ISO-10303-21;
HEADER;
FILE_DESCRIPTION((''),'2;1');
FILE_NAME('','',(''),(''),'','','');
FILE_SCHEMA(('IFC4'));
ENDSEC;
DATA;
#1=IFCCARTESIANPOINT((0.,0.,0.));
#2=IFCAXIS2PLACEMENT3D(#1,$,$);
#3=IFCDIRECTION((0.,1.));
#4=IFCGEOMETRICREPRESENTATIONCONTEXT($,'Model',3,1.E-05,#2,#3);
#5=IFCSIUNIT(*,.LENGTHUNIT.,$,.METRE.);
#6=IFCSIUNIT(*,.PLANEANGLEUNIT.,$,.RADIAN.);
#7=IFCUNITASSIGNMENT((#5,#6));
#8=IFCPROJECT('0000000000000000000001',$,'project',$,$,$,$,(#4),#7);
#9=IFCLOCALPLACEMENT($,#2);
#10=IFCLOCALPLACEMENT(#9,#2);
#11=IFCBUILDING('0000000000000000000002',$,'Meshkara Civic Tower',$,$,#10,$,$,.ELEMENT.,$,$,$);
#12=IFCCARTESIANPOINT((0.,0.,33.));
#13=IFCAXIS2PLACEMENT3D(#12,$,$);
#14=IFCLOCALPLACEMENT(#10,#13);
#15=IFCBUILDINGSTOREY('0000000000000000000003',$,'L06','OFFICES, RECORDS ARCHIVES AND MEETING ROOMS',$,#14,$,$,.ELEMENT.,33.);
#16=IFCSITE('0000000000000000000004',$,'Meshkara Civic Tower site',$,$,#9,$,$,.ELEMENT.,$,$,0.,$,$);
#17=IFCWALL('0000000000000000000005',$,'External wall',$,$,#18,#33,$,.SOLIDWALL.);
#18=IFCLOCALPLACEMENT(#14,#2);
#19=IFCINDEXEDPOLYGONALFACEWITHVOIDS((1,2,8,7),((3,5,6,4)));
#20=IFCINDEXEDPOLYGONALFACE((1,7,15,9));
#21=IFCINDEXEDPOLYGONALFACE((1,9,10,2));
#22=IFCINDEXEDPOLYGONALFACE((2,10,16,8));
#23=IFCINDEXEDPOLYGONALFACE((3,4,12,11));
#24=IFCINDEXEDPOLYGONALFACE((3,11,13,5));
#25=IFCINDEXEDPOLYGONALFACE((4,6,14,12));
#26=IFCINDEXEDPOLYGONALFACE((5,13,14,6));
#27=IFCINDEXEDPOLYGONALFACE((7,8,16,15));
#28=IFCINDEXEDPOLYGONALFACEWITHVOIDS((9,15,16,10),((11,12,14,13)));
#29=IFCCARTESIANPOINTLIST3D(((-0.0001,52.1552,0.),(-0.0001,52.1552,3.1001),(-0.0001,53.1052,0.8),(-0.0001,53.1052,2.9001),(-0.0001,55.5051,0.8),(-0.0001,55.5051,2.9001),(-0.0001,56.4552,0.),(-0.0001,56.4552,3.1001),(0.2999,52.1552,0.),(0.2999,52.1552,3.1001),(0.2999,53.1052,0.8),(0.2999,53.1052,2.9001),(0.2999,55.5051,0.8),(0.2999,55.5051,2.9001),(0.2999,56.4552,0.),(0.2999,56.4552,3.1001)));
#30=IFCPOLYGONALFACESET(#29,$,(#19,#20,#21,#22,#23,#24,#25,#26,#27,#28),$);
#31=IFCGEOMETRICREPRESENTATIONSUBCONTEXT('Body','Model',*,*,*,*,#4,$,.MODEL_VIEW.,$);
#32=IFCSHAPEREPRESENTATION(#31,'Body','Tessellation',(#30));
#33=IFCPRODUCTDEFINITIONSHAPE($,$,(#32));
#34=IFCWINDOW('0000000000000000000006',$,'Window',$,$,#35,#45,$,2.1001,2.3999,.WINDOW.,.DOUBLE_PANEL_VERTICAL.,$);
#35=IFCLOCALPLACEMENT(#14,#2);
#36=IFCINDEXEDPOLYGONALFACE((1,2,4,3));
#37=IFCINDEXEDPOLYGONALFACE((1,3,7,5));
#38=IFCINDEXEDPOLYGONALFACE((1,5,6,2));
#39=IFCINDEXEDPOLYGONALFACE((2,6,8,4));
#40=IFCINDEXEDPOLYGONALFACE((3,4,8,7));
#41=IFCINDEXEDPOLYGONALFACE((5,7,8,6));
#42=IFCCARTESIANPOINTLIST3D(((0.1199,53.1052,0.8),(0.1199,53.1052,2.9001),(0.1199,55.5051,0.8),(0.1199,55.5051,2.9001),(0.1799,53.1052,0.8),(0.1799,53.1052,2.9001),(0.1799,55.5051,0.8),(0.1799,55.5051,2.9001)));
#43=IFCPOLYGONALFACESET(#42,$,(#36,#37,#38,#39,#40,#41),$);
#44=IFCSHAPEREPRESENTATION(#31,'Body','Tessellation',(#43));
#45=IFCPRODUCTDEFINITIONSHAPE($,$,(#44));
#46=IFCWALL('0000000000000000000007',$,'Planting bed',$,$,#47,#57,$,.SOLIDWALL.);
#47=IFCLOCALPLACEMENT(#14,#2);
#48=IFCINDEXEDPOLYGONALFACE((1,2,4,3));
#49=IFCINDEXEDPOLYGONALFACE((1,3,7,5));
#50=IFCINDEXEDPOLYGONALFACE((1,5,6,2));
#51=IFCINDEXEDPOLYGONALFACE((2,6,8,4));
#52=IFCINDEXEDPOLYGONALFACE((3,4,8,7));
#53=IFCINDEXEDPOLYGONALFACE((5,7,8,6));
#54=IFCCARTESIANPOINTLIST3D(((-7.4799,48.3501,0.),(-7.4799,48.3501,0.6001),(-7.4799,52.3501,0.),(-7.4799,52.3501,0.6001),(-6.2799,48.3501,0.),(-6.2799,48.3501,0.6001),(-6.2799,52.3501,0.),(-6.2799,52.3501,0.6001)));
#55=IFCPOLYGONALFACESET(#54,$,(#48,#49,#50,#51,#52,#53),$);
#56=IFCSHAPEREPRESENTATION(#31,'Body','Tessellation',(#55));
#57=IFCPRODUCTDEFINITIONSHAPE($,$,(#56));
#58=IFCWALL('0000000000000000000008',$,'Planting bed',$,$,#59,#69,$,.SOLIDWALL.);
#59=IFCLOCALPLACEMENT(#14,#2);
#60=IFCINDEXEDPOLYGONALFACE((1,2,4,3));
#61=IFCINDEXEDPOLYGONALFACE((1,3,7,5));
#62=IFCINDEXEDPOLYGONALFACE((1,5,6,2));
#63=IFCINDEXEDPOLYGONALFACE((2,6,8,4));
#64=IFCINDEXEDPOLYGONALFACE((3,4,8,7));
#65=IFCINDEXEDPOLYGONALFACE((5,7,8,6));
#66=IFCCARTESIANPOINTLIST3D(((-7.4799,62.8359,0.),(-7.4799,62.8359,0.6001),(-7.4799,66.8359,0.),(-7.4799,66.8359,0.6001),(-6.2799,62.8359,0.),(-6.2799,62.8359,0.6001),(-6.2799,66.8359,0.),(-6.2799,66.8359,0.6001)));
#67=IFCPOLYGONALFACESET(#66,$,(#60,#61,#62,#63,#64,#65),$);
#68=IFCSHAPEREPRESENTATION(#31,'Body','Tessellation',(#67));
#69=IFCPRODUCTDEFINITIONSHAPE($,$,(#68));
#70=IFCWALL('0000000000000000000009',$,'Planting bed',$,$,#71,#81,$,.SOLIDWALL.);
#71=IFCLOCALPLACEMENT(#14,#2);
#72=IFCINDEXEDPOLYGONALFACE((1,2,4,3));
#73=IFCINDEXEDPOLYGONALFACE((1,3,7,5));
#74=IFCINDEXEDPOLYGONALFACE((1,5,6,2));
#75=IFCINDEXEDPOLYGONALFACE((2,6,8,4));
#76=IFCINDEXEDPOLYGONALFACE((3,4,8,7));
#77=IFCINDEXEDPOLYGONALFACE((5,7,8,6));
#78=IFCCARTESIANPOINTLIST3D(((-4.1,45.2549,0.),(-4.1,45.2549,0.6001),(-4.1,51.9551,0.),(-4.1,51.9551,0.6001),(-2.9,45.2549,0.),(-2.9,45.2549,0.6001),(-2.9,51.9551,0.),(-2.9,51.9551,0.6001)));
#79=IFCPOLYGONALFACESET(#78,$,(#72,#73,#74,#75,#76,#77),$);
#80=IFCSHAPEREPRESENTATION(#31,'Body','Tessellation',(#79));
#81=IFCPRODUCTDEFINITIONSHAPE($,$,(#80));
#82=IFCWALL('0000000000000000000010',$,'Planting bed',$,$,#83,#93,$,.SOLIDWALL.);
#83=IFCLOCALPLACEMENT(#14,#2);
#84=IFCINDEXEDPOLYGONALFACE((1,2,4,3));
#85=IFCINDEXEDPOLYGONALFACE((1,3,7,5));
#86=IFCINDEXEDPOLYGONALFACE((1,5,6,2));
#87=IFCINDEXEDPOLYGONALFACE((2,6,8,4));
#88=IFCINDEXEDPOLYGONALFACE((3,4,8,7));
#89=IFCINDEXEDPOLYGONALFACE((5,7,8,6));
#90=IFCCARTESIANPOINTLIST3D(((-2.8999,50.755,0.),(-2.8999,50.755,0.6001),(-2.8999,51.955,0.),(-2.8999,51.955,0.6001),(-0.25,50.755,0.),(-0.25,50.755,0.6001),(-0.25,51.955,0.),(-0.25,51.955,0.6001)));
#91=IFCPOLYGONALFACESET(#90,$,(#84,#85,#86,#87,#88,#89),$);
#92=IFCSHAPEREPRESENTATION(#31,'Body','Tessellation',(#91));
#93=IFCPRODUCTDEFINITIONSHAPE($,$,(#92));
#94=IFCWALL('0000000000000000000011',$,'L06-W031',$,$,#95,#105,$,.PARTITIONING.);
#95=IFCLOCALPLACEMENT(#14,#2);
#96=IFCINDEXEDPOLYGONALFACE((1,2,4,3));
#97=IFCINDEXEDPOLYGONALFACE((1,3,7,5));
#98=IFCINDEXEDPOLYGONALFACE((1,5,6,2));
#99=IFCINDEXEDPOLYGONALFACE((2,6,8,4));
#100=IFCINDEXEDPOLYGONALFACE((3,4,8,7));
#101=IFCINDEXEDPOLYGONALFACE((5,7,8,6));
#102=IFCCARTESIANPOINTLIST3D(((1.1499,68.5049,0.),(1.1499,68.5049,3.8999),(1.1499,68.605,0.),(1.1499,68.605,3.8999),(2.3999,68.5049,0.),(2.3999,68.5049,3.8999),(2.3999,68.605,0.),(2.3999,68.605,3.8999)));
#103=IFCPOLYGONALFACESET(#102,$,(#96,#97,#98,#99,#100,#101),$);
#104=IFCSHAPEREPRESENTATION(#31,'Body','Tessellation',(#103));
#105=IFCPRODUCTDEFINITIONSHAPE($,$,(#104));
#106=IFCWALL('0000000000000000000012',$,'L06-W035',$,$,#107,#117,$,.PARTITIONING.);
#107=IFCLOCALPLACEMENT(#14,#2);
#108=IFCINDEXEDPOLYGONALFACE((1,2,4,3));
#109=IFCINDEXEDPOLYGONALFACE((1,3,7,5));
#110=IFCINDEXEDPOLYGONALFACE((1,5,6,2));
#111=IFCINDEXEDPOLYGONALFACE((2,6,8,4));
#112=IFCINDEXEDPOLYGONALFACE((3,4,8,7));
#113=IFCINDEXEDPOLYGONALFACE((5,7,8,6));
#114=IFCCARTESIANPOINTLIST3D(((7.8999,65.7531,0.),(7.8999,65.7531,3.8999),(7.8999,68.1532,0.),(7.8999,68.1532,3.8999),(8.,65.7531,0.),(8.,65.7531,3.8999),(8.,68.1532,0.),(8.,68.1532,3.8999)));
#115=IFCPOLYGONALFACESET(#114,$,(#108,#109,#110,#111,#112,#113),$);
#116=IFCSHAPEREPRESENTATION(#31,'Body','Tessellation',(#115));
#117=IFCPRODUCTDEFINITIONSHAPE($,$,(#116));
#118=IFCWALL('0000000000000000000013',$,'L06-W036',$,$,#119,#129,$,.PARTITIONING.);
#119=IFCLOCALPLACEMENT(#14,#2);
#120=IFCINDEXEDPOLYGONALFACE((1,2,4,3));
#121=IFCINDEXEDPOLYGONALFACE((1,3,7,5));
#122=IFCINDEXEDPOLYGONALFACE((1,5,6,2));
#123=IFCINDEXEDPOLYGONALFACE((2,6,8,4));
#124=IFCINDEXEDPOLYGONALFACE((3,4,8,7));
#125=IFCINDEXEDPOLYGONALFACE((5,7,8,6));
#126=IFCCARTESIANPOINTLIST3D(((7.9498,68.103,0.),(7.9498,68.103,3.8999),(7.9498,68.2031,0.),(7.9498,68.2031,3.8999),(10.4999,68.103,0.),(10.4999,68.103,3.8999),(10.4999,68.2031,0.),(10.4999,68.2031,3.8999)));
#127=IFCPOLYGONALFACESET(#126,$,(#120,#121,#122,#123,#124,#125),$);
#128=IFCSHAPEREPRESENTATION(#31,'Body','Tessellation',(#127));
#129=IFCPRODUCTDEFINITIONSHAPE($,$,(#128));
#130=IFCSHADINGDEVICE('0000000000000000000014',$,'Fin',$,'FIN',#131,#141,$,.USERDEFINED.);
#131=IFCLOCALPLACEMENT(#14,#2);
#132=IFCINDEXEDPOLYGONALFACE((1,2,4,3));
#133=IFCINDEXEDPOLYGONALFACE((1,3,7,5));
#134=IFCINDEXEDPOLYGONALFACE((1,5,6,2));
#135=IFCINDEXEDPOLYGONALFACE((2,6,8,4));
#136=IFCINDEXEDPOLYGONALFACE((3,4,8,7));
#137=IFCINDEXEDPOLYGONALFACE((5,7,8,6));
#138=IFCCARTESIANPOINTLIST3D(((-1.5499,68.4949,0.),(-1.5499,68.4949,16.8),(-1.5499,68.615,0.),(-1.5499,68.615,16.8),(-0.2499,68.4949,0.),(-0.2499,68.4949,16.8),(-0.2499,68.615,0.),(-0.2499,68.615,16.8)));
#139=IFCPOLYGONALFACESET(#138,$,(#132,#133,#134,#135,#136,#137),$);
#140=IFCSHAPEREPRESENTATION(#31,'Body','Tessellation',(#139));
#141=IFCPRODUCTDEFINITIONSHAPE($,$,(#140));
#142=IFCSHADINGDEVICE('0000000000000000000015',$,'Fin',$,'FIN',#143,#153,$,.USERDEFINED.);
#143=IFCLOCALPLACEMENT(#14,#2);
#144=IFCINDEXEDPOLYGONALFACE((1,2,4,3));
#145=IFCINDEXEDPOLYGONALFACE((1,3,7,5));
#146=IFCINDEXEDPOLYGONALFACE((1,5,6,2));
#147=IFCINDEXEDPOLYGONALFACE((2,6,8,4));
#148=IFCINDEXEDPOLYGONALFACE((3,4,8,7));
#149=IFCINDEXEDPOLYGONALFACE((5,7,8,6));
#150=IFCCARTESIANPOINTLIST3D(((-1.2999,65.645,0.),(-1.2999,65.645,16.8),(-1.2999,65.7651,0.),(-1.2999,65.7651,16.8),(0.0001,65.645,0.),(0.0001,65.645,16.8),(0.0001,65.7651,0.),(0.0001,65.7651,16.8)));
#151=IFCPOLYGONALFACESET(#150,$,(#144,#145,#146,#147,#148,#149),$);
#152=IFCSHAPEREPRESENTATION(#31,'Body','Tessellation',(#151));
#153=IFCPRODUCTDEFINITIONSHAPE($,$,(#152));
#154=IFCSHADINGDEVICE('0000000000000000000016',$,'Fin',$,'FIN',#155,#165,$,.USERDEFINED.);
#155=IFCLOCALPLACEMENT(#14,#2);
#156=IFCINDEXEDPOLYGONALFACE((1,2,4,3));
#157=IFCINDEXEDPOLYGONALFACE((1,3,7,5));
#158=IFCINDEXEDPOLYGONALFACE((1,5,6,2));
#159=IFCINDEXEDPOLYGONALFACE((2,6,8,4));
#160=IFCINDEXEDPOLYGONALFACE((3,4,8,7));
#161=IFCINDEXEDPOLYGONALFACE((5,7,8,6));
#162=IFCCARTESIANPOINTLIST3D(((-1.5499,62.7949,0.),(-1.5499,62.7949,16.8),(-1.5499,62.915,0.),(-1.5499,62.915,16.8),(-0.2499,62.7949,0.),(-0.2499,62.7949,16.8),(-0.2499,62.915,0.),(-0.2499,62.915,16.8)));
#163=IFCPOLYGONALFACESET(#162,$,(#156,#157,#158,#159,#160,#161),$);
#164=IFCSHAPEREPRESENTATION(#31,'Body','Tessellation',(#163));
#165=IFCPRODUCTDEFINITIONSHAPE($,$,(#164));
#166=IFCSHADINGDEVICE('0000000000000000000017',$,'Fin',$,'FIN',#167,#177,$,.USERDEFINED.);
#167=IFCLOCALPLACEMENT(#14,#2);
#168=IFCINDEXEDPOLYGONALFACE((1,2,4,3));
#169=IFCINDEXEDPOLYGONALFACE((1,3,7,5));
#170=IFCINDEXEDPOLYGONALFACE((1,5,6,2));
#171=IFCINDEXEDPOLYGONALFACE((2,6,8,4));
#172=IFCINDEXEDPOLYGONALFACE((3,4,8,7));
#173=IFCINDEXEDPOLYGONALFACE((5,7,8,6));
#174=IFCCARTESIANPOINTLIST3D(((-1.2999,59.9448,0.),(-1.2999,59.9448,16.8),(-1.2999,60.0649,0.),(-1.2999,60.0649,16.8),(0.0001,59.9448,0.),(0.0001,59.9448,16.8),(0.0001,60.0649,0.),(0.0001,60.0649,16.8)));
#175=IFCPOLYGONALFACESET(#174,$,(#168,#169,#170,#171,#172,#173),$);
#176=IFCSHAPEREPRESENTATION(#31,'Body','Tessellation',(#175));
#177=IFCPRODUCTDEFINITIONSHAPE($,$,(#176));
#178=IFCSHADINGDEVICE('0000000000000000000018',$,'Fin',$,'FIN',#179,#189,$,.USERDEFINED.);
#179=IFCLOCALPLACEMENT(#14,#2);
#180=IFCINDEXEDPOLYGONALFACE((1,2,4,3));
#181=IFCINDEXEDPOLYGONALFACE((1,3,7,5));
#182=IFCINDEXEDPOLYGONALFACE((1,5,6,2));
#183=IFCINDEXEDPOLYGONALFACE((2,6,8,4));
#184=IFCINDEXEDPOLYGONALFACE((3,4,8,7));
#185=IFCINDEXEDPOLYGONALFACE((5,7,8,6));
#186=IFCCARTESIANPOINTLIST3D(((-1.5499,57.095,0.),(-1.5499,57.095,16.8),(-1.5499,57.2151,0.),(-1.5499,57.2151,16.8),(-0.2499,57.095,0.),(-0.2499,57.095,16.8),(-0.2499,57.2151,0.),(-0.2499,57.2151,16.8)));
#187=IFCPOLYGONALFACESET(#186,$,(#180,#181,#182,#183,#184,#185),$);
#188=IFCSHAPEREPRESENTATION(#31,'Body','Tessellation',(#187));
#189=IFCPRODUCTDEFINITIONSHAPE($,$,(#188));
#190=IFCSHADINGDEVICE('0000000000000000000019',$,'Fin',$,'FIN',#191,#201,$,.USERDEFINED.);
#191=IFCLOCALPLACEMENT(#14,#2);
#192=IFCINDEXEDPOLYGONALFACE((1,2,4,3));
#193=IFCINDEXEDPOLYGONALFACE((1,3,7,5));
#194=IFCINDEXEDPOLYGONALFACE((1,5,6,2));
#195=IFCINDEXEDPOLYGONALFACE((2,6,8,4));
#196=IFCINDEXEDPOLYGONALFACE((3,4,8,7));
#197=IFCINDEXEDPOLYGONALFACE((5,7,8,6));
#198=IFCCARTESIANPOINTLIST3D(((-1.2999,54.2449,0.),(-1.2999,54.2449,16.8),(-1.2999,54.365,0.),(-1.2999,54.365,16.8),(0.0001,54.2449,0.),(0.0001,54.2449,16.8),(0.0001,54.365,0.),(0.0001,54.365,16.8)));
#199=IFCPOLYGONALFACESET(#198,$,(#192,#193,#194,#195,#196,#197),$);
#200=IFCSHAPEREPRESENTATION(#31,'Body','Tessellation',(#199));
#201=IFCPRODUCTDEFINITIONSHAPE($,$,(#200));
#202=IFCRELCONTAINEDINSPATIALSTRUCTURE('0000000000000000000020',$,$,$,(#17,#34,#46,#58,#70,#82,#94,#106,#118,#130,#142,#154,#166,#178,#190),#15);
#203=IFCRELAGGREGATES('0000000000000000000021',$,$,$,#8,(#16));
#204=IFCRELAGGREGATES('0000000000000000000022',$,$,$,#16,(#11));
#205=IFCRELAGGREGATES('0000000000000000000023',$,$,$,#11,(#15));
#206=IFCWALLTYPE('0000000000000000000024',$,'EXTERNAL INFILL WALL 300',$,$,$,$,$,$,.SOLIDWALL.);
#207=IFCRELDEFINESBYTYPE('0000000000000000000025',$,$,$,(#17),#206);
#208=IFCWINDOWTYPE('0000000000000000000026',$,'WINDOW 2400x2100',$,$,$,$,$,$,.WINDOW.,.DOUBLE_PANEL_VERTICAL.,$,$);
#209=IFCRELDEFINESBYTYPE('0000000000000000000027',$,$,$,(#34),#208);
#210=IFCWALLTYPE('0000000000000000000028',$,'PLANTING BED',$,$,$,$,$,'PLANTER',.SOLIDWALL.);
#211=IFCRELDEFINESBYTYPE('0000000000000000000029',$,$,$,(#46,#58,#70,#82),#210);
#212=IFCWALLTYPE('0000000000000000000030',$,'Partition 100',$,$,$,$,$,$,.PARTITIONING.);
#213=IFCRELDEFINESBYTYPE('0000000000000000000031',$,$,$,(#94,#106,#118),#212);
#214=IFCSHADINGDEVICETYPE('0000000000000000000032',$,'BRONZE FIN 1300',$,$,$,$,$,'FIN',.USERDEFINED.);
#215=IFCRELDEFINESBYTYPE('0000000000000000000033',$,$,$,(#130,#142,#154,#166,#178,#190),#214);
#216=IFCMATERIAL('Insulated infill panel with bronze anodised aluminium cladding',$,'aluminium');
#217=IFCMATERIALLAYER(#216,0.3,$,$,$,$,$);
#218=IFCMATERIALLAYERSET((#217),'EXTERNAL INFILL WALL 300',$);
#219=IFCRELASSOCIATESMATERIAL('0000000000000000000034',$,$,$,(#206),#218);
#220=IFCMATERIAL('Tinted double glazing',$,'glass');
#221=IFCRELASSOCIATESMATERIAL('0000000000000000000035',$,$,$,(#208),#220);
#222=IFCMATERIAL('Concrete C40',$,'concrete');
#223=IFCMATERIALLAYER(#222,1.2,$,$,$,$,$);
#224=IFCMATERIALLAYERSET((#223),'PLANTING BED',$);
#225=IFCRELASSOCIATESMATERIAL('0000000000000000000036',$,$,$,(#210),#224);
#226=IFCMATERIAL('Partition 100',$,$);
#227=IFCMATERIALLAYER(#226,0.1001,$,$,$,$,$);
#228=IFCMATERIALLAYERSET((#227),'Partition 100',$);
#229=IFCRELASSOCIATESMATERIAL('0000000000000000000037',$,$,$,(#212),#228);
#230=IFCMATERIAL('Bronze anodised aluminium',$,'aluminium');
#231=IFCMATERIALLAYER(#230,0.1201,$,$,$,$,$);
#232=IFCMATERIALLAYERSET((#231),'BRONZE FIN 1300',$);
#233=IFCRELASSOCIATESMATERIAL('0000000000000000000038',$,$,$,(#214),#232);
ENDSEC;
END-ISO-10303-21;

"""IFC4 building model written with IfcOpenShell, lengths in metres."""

from ifc_helpers import new_model, si_unit, direction, frame, frame_2d, origin, origin_2d, place, context, subcontext, project, spatial, rectangle, extrude, material, layer, layer_set, type_object, element, fill, save


model = new_model("IFC4")

# Units and contexts
model_context = context("Model", 3, precision=1e-05, world=origin(), true_north=direction((0.0, 1.0)))
body_context = subcontext(model_context, "Body", "Model", "MODEL_VIEW")
ifc_project = project(units=[si_unit("LENGTHUNIT", "METRE"), si_unit("PLANEANGLEUNIT", "RADIAN")], contexts=[model_context])

# Site, building, storey
site_placement = place(None, origin())
site = spatial("IfcSite", under=ifc_project, at=site_placement, Name="Meshkara Civic Tower site", CompositionType="ELEMENT", RefElevation=0.0)
building_placement = place(site_placement, origin())
building = spatial("IfcBuilding", under=site, at=building_placement, Name="Meshkara Civic Tower", CompositionType="ELEMENT")
storey_placement = place(building_placement, frame((0.0, 0.0, 33.0)))
storey = spatial("IfcBuildingStorey", under=building, at=storey_placement, Name="L06", Description="OFFICES, RECORDS ARCHIVES AND MEETING ROOMS", CompositionType="ELEMENT", Elevation=33.0)

# Wall, opening, window
ifc_material_1 = material(Name="Insulated infill panel with bronze anodised aluminium cladding", Category="aluminium")
ifc_layer_1 = layer(ifc_material_1, 0.3)
ifc_layer_set_1 = layer_set([ifc_layer_1], Name="EXTERNAL INFILL WALL 300")
wall_type_1 = type_object("IfcWallType", Name="EXTERNAL INFILL WALL 300", PredefinedType="SOLIDWALL", material=ifc_layer_set_1)
ifc_material_2 = material(Name="Tinted double glazing", Category="glass")
window_type = type_object("IfcWindowType", Name="WINDOW 2400x2100", PartitioningType="DOUBLE_PANEL_VERTICAL", PredefinedType="WINDOW", material=ifc_material_2)
wall_1_placement = place(storey_placement, frame((0.1499, 56.4551, 0.0), z_axis=(0.0, 0.0, 1.0), x_axis=(0.0, -1.0, 0.0)))
wall_1 = element("IfcWall", 1, at=wall_1_placement, inside=storey, type_object=wall_type_1, Name="External wall", PredefinedType="SOLIDWALL", context=body_context, shape_type="SweptSolid", body=[
    extrude(rectangle(XDim=4.3, YDim=0.3, at=frame_2d((2.1499, 0.0))), origin(), (0.0, 0.0, 1.0), 3.1001),
])
opening_1_placement = place(wall_1_placement, frame((0.95, 0.0, 0.8)))
opening_1 = element("IfcOpeningElement", 2, at=opening_1_placement, cuts=wall_1, PredefinedType="OPENING", context=body_context, shape_type="SweptSolid", body=[
    extrude(rectangle(XDim=2.3999, YDim=2.1001, at=frame_2d((1.2, 1.05))), frame((0.0, 0.1599, 0.0), z_axis=(0.0, -1.0, 0.0), x_axis=(1.0, 0.0, 0.0)), (0.0, 0.0, 1.0), 0.3201),
])
window_1_placement = place(opening_1_placement, origin())
window_1 = element("IfcWindow", 3, at=window_1_placement, inside=storey, type_object=window_type, Name="Window", OverallHeight=2.1001, OverallWidth=2.3999, PartitioningType="DOUBLE_PANEL_VERTICAL", PredefinedType="WINDOW", context=body_context, shape_type="SweptSolid", body=[
    extrude(rectangle(XDim=2.3999, YDim=2.1001, at=frame_2d((1.2, 1.05))), frame((0.0, 0.03, 0.0), z_axis=(0.0, -1.0, 0.0), x_axis=(1.0, 0.0, 0.0)), (0.0, 0.0, 1.0), 0.0601),
])
fill(opening_1, window_1)

# Walls
ifc_material_3 = material(Name="Concrete C40", Category="concrete")
ifc_layer_2 = layer(ifc_material_3, 1.2)
ifc_layer_set_2 = layer_set([ifc_layer_2], Name="PLANTING BED")
wall_type_2 = type_object("IfcWallType", Name="PLANTING BED", ElementType="PLANTER", PredefinedType="SOLIDWALL", material=ifc_layer_set_2)
for number, where, z_axis, x_axis, name in (
    (4, (-6.8799, 48.3501, 0.0), (0.0, 0.0, 1.0), (0.0, 1.0, 0.0), "Planting bed"),
    (5, (-6.8799, 62.8359, 0.0), (0.0, 0.0, 1.0), (0.0, 1.0, 0.0), "Planting bed"),
):
    element("IfcWall", number, at=place(storey_placement, frame(where, z_axis=z_axis, x_axis=x_axis)), inside=storey, type_object=wall_type_2, Name=name, PredefinedType="SOLIDWALL", context=body_context, shape_type="SweptSolid", body=[
        extrude(rectangle(XDim=4.0, YDim=1.2, at=frame_2d((2.0, 0.0))), origin(), (0.0, 0.0, 1.0), 0.6001),
    ])
wall_2_placement = place(storey_placement, frame((-3.5, 51.9551, 0.0), z_axis=(0.0, 0.0, 1.0), x_axis=(0.0, -1.0, 0.0)))
element("IfcWall", 6, at=wall_2_placement, inside=storey, type_object=wall_type_2, Name="Planting bed", PredefinedType="SOLIDWALL", context=body_context, shape_type="SweptSolid", body=[
    extrude(rectangle(XDim=6.7002, YDim=1.2, at=frame_2d((3.3501, 0.0))), origin(), (0.0, 0.0, 1.0), 0.6001),
])
wall_3_placement = place(storey_placement, frame((-0.25, 51.355, 0.0), z_axis=(0.0, 0.0, 1.0), x_axis=(-1.0, 0.0, 0.0)))
element("IfcWall", 7, at=wall_3_placement, inside=storey, type_object=wall_type_2, Name="Planting bed", PredefinedType="SOLIDWALL", context=body_context, shape_type="SweptSolid", body=[
    extrude(rectangle(XDim=2.6499, YDim=1.2, at=frame_2d((1.325, 0.0))), origin(), (0.0, 0.0, 1.0), 0.6001),
])
ifc_material_4 = material(Name="Partition 100")
ifc_layer_3 = layer(ifc_material_4, 0.1001)
ifc_layer_set_3 = layer_set([ifc_layer_3], Name="Partition 100")
wall_type_3 = type_object("IfcWallType", Name="Partition 100", PredefinedType="PARTITIONING", material=ifc_layer_set_3)
wall_4_placement = place(storey_placement, frame((2.3999, 68.5549, 0.0), z_axis=(0.0, 0.0, 1.0), x_axis=(-1.0, 0.0, 0.0)))
element("IfcWall", 8, at=wall_4_placement, inside=storey, type_object=wall_type_3, Name="L06-W031", PredefinedType="PARTITIONING", context=body_context, shape_type="SweptSolid", body=[
    extrude(rectangle(XDim=1.25, YDim=0.1001, at=frame_2d((0.625, 0.0))), origin(), (0.0, 0.0, 1.0), 3.8999),
])
wall_5_placement = place(storey_placement, frame((7.95, 65.7529, 0.0), z_axis=(0.0, 0.0, 1.0), x_axis=(0.0, 1.0, 0.0)))
element("IfcWall", 9, at=wall_5_placement, inside=storey, type_object=wall_type_3, Name="L06-W035", PredefinedType="PARTITIONING", context=body_context, shape_type="SweptSolid", body=[
    extrude(rectangle(XDim=2.4001, YDim=0.1001, at=frame_2d((1.2002, 0.0))), origin(), (0.0, 0.0, 1.0), 3.8999),
])
wall_6_placement = place(storey_placement, frame((7.95, 68.1531, 0.0), z_axis=(0.0, 0.0, 1.0), x_axis=(1.0, 0.0, 0.0)))
element("IfcWall", 10, at=wall_6_placement, inside=storey, type_object=wall_type_3, Name="L06-W036", PredefinedType="PARTITIONING", context=body_context, shape_type="SweptSolid", body=[
    extrude(rectangle(XDim=2.55, YDim=0.1001, at=frame_2d((1.2749, 0.0))), origin(), (0.0, 0.0, 1.0), 3.8999),
])

# Shading devices
ifc_material_5 = material(Name="Bronze anodised aluminium", Category="aluminium")
ifc_layer_4 = layer(ifc_material_5, 0.1201)
ifc_layer_set_4 = layer_set([ifc_layer_4], Name="BRONZE FIN 1300")
shading_device_type = type_object("IfcShadingDeviceType", Name="BRONZE FIN 1300", ElementType="FIN", PredefinedType="USERDEFINED", material=ifc_layer_set_4)
for number, where, z_axis, x_axis, name in (
    (11, (-0.8999, 68.5549, 0.0), (0.0, 0.0, 1.0), (0.0, -1.0, 0.0), "Fin"),
    (12, (-0.6499, 65.7051, 0.0), (0.0, 0.0, 1.0), (0.0, -1.0, 0.0), "Fin"),
    (13, (-0.8999, 62.855, 0.0), (0.0, 0.0, 1.0), (0.0, -1.0, 0.0), "Fin"),
    (14, (-0.6499, 60.0049, 0.0), (0.0, 0.0, 1.0), (0.0, -1.0, 0.0), "Fin"),
    (15, (-0.8999, 57.155, 0.0), (0.0, 0.0, 1.0), (0.0, -1.0, 0.0), "Fin"),
    (16, (-0.6499, 54.3049, 0.0), (0.0, 0.0, 1.0), (0.0, -1.0, 0.0), "Fin"),
):
    element("IfcShadingDevice", number, at=place(storey_placement, frame(where, z_axis=z_axis, x_axis=x_axis)), inside=storey, type_object=shading_device_type, Name=name, ObjectType="FIN", PredefinedType="USERDEFINED", context=body_context, shape_type="SweptSolid", body=[
        extrude(rectangle(XDim=0.1201, YDim=1.3, at=origin_2d()), origin(), (0.0, 0.0, 1.0), 16.8),
    ])

save(model, "model.ifc")
